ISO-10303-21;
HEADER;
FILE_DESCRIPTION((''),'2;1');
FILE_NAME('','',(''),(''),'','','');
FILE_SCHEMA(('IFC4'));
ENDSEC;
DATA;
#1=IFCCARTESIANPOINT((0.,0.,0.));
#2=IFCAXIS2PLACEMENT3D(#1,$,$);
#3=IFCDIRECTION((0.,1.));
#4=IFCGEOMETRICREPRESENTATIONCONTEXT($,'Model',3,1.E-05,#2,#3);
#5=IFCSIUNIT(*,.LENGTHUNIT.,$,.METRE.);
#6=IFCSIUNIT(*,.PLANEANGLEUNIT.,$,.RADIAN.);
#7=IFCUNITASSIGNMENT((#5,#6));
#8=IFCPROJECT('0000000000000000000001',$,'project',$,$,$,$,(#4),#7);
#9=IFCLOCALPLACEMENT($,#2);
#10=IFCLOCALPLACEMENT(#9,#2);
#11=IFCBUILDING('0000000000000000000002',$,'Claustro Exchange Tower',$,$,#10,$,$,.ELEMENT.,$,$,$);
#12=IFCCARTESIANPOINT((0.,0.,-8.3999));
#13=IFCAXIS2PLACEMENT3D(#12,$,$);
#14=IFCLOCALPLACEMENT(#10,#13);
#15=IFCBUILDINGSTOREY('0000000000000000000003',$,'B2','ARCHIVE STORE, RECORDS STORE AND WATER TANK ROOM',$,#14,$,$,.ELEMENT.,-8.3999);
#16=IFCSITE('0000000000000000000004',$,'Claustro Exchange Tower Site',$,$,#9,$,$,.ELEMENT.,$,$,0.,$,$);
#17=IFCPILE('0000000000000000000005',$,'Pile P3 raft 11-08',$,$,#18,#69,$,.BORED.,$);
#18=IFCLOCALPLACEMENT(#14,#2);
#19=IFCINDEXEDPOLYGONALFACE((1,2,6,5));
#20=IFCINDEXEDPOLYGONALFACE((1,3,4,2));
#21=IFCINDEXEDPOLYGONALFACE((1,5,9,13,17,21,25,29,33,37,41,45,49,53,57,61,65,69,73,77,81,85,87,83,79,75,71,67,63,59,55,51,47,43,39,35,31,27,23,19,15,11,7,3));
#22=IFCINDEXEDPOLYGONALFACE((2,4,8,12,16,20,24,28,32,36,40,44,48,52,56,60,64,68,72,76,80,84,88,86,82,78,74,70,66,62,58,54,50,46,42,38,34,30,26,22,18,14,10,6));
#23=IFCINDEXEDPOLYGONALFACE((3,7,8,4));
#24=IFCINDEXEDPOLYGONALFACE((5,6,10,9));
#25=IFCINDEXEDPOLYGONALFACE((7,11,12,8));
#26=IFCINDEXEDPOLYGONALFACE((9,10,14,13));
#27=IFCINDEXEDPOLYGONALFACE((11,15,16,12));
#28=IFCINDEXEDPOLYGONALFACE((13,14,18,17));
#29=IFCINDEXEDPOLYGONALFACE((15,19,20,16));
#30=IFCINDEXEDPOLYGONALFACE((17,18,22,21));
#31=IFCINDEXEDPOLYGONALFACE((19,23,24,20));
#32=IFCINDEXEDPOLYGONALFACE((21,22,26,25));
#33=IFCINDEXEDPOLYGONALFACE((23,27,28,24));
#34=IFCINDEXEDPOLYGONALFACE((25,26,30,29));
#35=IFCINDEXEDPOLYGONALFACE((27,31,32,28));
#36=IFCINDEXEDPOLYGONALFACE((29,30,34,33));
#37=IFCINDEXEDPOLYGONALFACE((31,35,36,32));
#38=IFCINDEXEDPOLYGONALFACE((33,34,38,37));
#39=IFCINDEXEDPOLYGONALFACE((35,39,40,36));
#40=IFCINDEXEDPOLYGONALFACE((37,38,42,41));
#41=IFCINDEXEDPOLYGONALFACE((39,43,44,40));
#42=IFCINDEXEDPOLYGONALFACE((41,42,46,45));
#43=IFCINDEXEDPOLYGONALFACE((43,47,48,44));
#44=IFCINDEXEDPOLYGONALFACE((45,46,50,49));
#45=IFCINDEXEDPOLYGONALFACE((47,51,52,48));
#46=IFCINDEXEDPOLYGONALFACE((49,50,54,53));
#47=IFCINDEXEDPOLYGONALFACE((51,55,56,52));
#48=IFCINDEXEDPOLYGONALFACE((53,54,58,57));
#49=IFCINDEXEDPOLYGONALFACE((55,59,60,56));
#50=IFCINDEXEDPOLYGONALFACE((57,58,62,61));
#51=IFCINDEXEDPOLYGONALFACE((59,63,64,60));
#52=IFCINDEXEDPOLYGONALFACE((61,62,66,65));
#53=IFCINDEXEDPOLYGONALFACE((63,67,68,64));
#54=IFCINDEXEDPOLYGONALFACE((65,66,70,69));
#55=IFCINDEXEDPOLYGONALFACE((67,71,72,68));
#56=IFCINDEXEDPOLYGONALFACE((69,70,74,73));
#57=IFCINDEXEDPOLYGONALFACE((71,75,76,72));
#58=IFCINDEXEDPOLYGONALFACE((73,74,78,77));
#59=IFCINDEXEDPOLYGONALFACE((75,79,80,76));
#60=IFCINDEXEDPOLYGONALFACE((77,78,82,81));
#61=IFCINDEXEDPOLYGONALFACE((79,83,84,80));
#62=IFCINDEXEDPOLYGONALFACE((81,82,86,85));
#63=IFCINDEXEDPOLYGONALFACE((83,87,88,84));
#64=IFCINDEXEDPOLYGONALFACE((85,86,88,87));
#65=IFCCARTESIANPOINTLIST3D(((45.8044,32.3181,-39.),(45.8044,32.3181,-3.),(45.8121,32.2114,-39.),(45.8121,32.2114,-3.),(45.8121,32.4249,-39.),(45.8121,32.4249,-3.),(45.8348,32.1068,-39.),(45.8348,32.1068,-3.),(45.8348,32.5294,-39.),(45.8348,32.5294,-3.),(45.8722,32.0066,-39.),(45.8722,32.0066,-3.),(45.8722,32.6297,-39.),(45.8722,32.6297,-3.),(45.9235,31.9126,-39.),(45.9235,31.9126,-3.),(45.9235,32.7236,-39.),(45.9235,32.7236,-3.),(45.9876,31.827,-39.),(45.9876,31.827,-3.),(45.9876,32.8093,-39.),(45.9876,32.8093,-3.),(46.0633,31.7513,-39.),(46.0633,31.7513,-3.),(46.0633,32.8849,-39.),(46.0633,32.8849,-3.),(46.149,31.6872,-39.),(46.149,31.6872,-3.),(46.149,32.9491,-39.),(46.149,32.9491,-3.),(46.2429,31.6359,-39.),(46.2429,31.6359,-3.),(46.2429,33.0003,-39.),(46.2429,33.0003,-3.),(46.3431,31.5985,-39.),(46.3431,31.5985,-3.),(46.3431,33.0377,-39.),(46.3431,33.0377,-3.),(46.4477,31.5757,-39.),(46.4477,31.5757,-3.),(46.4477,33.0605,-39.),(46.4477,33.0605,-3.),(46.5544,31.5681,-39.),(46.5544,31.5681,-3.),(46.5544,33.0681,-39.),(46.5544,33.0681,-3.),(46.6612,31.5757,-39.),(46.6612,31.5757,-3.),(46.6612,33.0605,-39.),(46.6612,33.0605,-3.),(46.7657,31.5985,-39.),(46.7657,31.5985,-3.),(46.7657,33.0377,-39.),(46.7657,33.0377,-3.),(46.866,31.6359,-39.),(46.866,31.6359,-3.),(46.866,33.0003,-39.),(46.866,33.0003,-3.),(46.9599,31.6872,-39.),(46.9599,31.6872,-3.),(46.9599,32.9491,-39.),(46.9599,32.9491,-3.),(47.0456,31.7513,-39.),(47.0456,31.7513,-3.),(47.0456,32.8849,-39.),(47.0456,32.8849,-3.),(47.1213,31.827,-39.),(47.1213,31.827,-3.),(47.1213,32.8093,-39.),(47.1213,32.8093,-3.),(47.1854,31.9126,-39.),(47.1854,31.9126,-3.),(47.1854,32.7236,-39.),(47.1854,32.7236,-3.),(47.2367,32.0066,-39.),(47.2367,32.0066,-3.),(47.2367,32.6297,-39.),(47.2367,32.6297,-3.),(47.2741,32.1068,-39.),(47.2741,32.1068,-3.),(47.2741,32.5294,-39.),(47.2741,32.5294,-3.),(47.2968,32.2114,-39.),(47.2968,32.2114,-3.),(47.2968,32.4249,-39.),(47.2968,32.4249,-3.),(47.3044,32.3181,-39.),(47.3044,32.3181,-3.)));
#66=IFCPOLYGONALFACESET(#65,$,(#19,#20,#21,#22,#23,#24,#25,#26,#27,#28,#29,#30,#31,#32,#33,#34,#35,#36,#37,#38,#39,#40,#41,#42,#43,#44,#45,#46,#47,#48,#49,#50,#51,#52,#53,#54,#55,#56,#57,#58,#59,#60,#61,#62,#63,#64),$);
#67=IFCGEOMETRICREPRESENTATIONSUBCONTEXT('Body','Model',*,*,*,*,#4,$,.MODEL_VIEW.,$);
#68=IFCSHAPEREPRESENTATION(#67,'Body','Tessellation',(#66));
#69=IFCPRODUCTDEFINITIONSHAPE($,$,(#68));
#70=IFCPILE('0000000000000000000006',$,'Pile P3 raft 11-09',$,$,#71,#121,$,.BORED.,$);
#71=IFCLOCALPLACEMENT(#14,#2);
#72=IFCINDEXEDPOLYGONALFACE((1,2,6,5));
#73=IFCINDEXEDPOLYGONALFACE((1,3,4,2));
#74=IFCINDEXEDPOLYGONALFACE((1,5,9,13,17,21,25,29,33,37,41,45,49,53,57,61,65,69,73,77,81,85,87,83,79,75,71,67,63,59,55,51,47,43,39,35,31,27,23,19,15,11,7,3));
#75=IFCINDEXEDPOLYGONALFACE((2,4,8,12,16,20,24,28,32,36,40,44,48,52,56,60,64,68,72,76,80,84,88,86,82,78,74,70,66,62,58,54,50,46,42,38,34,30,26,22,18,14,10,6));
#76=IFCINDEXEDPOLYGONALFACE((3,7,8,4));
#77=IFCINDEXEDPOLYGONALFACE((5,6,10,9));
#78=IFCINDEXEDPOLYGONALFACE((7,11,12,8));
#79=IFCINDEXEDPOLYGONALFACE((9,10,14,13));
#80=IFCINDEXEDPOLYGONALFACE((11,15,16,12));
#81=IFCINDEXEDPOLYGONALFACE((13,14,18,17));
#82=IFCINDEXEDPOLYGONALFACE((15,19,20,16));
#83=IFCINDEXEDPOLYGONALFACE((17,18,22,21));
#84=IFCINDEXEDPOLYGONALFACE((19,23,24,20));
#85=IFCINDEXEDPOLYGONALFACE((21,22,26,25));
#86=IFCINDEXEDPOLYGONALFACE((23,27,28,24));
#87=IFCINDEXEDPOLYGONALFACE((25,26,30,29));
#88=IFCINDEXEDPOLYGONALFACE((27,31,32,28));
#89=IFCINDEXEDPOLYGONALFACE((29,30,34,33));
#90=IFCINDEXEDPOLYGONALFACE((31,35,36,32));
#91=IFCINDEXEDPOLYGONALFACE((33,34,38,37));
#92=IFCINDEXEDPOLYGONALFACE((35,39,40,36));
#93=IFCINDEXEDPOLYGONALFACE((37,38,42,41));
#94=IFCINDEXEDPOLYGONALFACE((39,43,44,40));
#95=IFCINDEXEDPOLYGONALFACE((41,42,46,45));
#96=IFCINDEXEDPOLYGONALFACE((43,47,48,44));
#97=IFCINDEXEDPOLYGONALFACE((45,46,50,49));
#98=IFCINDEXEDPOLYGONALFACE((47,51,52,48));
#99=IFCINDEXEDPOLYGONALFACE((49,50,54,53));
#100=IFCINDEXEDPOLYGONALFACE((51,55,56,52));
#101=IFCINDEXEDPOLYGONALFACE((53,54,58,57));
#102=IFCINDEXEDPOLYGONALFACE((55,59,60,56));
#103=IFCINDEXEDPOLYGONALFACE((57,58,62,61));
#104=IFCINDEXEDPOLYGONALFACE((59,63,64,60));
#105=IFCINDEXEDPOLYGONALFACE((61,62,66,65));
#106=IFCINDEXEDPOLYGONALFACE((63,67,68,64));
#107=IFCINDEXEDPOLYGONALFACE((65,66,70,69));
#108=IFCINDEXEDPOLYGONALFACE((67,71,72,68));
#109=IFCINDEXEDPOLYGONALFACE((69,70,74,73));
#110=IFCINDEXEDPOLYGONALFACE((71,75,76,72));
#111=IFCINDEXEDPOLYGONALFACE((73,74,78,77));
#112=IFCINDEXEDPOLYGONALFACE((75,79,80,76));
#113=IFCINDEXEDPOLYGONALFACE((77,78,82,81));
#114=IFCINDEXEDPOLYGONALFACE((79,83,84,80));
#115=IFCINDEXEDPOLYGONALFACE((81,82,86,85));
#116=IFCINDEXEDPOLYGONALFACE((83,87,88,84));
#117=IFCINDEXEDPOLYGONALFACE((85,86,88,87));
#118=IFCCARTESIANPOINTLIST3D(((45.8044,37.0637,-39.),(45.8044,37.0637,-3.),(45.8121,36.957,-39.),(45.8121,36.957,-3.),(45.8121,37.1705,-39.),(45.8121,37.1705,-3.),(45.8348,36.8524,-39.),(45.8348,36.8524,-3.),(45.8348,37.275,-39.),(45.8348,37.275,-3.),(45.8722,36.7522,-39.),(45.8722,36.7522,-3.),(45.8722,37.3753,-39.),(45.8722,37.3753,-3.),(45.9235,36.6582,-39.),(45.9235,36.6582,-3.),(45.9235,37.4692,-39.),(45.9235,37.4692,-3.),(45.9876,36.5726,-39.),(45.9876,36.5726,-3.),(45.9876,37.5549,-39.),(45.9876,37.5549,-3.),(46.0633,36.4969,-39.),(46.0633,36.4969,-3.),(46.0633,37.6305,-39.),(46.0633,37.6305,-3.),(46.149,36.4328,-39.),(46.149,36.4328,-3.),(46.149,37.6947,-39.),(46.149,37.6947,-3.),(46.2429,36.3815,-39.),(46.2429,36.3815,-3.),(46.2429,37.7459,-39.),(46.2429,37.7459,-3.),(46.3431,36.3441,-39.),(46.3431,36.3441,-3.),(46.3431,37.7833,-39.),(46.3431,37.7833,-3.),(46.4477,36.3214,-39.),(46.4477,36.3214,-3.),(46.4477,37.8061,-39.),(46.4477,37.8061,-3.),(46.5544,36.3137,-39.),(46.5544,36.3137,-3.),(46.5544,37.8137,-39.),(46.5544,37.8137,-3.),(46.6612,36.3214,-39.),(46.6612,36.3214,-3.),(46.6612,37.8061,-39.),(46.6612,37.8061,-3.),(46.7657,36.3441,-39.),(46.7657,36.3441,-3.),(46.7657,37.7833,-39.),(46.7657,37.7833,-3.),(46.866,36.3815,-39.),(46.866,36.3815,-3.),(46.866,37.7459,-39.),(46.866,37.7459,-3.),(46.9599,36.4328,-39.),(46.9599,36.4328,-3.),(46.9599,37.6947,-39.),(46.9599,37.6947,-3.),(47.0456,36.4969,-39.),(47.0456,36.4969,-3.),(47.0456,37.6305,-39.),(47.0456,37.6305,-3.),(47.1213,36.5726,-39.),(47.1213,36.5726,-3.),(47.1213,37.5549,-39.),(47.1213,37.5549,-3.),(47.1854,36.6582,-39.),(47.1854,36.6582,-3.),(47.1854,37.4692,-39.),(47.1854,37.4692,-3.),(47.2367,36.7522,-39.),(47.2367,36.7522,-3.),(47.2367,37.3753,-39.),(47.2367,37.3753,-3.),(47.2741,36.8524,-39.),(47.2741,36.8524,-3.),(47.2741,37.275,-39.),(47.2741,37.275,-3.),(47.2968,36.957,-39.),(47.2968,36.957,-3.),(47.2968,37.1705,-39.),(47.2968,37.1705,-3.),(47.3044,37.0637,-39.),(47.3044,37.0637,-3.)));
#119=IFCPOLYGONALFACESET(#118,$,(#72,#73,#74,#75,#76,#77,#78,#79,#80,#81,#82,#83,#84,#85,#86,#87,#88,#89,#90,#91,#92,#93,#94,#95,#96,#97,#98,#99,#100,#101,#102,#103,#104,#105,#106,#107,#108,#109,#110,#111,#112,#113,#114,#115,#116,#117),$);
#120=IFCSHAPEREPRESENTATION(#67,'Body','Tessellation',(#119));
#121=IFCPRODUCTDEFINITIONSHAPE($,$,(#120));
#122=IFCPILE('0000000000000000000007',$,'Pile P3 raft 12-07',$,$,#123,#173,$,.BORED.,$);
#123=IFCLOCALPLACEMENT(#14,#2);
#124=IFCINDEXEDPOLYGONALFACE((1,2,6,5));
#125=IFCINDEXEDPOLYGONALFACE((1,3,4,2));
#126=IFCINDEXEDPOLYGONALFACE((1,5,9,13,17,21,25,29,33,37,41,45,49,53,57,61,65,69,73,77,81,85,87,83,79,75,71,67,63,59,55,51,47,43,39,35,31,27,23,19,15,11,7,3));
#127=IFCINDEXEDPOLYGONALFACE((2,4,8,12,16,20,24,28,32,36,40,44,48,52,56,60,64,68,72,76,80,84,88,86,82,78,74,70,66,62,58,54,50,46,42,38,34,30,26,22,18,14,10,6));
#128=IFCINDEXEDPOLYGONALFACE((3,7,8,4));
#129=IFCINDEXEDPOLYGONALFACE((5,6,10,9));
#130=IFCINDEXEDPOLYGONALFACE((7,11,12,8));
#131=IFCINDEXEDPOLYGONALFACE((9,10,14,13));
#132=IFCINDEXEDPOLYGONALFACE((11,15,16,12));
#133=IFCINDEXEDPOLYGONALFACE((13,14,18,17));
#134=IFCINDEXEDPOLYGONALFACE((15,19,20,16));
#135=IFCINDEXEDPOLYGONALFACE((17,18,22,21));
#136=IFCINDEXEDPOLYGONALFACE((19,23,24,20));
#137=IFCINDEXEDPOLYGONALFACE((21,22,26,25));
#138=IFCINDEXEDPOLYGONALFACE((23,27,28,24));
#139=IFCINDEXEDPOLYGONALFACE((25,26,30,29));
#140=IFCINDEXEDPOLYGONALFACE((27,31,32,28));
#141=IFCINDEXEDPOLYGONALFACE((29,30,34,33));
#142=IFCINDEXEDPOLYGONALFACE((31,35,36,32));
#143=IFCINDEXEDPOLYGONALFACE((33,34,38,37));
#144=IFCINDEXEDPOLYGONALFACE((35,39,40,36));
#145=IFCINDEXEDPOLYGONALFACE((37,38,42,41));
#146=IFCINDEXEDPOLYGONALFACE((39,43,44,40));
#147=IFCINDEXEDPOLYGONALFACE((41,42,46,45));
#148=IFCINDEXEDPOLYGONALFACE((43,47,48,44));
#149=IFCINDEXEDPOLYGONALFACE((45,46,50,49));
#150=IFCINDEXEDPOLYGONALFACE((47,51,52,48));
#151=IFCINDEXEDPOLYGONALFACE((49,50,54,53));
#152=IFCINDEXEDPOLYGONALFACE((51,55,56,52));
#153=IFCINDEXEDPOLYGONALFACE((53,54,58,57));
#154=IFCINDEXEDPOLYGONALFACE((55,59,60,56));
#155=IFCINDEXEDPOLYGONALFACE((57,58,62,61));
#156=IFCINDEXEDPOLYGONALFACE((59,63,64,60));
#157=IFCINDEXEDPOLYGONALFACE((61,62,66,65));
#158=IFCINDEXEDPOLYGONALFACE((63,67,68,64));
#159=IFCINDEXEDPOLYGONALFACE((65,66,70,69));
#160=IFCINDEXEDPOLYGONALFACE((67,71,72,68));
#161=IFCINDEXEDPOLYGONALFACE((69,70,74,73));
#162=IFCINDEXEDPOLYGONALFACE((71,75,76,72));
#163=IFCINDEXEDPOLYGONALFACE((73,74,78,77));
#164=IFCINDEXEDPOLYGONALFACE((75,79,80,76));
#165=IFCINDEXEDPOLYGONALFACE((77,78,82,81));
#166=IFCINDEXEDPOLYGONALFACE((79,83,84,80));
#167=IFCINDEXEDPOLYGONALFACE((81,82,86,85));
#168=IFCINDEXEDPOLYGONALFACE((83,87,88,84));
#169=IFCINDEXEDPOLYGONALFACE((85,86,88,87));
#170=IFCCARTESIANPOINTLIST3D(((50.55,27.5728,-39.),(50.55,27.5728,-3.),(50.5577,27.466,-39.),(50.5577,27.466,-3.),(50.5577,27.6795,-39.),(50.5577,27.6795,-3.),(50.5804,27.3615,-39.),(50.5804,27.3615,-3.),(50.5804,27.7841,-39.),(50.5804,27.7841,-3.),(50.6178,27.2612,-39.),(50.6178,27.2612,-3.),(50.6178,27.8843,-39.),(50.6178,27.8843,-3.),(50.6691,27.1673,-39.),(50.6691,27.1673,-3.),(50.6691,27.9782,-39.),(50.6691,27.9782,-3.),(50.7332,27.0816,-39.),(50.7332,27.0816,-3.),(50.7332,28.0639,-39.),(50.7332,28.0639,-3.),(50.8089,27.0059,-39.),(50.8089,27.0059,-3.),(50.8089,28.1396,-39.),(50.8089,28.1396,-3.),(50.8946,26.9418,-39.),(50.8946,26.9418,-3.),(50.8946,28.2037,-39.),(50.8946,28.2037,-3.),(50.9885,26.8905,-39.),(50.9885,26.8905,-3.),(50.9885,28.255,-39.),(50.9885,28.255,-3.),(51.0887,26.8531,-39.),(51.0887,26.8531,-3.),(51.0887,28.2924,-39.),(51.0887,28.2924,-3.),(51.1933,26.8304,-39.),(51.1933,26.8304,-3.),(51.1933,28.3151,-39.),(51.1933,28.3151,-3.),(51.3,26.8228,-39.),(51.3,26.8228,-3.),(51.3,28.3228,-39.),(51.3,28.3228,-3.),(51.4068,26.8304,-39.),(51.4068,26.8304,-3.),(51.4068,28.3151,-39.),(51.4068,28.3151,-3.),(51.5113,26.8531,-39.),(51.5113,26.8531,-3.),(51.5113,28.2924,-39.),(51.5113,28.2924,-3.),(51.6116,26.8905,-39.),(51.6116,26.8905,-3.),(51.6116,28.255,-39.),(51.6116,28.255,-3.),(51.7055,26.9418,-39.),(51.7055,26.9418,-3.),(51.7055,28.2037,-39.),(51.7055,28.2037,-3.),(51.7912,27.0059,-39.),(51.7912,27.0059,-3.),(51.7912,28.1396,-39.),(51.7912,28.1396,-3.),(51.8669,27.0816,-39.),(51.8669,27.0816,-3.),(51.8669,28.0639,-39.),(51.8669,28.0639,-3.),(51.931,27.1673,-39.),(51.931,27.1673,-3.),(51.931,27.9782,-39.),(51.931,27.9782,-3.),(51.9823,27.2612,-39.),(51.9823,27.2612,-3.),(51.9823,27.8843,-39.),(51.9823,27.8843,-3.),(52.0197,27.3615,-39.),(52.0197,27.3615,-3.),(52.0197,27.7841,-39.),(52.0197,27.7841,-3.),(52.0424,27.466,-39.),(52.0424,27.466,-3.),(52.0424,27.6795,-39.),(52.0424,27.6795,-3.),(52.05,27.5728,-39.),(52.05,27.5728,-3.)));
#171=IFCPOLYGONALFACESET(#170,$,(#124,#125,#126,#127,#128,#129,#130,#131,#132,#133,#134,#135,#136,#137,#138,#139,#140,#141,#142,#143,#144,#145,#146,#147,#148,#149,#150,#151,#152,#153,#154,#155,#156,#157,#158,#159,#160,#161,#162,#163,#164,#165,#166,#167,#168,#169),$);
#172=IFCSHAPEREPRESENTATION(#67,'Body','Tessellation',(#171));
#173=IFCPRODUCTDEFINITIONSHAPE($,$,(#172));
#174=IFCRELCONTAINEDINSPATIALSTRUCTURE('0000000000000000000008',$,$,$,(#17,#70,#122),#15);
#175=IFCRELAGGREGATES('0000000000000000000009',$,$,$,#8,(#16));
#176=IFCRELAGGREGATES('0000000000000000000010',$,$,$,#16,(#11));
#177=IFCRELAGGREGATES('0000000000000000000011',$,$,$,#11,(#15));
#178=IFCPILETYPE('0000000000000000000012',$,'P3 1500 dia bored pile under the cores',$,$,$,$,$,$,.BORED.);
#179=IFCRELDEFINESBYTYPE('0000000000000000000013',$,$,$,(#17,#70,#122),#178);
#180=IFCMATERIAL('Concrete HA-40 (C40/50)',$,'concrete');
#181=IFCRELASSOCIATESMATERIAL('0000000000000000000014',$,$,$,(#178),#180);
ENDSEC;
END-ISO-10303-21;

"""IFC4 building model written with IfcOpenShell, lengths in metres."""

from ifc_helpers import new_model, si_unit, direction, frame, origin, origin_2d, place, context, subcontext, project, spatial, circle, extrude, material, type_object, element, save


model = new_model("IFC4")

# Units and contexts
model_context = context("Model", 3, precision=1e-05, world=origin(), true_north=direction((0.0, 1.0)))
body_context = subcontext(model_context, "Body", "Model", "MODEL_VIEW")
ifc_project = project(units=[si_unit("LENGTHUNIT", "METRE"), si_unit("PLANEANGLEUNIT", "RADIAN")], contexts=[model_context])

# Site, building, storey
site_placement = place(None, origin())
site = spatial("IfcSite", under=ifc_project, at=site_placement, Name="Claustro Exchange Tower Site", CompositionType="ELEMENT", RefElevation=0.0)
building_placement = place(site_placement, origin())
building = spatial("IfcBuilding", under=site, at=building_placement, Name="Claustro Exchange Tower", CompositionType="ELEMENT")
storey_placement = place(building_placement, frame((0.0, 0.0, -8.3999)))
storey = spatial("IfcBuildingStorey", under=building, at=storey_placement, Name="B2", Description="ARCHIVE STORE, RECORDS STORE AND WATER TANK ROOM", CompositionType="ELEMENT", Elevation=-8.3999)

# Piles
ifc_material_1 = material(Name="Concrete HA-40 (C40/50)", Category="concrete")
pile_type_1 = type_object("IfcPileType", Name="P3 1500 dia bored pile under the cores", PredefinedType="BORED", material=ifc_material_1)
for number, where, z_axis, x_axis, name in (
    (1, (46.5544, 32.3181, -3.0), (0.0, 0.0, -1.0), (1.0, 0.0, 0.0), "Pile P3 raft 11-08"),
    (2, (46.5544, 37.0637, -3.0), (0.0, 0.0, -1.0), (1.0, 0.0, 0.0), "Pile P3 raft 11-09"),
    (3, (51.3, 27.5728, -3.0), (0.0, 0.0, -1.0), (1.0, 0.0, 0.0), "Pile P3 raft 12-07"),
):
    element("IfcPile", number, at=place(storey_placement, frame(where, z_axis=z_axis, x_axis=x_axis)), inside=storey, type_object=pile_type_1, Name=name, PredefinedType="BORED", context=body_context, shape_type="SweptSolid", body=[
        extrude(circle(Radius=0.75, at=origin_2d()), origin(), (0.0, 0.0, 1.0), 36.0),
    ])

save(model, "model.ifc")
